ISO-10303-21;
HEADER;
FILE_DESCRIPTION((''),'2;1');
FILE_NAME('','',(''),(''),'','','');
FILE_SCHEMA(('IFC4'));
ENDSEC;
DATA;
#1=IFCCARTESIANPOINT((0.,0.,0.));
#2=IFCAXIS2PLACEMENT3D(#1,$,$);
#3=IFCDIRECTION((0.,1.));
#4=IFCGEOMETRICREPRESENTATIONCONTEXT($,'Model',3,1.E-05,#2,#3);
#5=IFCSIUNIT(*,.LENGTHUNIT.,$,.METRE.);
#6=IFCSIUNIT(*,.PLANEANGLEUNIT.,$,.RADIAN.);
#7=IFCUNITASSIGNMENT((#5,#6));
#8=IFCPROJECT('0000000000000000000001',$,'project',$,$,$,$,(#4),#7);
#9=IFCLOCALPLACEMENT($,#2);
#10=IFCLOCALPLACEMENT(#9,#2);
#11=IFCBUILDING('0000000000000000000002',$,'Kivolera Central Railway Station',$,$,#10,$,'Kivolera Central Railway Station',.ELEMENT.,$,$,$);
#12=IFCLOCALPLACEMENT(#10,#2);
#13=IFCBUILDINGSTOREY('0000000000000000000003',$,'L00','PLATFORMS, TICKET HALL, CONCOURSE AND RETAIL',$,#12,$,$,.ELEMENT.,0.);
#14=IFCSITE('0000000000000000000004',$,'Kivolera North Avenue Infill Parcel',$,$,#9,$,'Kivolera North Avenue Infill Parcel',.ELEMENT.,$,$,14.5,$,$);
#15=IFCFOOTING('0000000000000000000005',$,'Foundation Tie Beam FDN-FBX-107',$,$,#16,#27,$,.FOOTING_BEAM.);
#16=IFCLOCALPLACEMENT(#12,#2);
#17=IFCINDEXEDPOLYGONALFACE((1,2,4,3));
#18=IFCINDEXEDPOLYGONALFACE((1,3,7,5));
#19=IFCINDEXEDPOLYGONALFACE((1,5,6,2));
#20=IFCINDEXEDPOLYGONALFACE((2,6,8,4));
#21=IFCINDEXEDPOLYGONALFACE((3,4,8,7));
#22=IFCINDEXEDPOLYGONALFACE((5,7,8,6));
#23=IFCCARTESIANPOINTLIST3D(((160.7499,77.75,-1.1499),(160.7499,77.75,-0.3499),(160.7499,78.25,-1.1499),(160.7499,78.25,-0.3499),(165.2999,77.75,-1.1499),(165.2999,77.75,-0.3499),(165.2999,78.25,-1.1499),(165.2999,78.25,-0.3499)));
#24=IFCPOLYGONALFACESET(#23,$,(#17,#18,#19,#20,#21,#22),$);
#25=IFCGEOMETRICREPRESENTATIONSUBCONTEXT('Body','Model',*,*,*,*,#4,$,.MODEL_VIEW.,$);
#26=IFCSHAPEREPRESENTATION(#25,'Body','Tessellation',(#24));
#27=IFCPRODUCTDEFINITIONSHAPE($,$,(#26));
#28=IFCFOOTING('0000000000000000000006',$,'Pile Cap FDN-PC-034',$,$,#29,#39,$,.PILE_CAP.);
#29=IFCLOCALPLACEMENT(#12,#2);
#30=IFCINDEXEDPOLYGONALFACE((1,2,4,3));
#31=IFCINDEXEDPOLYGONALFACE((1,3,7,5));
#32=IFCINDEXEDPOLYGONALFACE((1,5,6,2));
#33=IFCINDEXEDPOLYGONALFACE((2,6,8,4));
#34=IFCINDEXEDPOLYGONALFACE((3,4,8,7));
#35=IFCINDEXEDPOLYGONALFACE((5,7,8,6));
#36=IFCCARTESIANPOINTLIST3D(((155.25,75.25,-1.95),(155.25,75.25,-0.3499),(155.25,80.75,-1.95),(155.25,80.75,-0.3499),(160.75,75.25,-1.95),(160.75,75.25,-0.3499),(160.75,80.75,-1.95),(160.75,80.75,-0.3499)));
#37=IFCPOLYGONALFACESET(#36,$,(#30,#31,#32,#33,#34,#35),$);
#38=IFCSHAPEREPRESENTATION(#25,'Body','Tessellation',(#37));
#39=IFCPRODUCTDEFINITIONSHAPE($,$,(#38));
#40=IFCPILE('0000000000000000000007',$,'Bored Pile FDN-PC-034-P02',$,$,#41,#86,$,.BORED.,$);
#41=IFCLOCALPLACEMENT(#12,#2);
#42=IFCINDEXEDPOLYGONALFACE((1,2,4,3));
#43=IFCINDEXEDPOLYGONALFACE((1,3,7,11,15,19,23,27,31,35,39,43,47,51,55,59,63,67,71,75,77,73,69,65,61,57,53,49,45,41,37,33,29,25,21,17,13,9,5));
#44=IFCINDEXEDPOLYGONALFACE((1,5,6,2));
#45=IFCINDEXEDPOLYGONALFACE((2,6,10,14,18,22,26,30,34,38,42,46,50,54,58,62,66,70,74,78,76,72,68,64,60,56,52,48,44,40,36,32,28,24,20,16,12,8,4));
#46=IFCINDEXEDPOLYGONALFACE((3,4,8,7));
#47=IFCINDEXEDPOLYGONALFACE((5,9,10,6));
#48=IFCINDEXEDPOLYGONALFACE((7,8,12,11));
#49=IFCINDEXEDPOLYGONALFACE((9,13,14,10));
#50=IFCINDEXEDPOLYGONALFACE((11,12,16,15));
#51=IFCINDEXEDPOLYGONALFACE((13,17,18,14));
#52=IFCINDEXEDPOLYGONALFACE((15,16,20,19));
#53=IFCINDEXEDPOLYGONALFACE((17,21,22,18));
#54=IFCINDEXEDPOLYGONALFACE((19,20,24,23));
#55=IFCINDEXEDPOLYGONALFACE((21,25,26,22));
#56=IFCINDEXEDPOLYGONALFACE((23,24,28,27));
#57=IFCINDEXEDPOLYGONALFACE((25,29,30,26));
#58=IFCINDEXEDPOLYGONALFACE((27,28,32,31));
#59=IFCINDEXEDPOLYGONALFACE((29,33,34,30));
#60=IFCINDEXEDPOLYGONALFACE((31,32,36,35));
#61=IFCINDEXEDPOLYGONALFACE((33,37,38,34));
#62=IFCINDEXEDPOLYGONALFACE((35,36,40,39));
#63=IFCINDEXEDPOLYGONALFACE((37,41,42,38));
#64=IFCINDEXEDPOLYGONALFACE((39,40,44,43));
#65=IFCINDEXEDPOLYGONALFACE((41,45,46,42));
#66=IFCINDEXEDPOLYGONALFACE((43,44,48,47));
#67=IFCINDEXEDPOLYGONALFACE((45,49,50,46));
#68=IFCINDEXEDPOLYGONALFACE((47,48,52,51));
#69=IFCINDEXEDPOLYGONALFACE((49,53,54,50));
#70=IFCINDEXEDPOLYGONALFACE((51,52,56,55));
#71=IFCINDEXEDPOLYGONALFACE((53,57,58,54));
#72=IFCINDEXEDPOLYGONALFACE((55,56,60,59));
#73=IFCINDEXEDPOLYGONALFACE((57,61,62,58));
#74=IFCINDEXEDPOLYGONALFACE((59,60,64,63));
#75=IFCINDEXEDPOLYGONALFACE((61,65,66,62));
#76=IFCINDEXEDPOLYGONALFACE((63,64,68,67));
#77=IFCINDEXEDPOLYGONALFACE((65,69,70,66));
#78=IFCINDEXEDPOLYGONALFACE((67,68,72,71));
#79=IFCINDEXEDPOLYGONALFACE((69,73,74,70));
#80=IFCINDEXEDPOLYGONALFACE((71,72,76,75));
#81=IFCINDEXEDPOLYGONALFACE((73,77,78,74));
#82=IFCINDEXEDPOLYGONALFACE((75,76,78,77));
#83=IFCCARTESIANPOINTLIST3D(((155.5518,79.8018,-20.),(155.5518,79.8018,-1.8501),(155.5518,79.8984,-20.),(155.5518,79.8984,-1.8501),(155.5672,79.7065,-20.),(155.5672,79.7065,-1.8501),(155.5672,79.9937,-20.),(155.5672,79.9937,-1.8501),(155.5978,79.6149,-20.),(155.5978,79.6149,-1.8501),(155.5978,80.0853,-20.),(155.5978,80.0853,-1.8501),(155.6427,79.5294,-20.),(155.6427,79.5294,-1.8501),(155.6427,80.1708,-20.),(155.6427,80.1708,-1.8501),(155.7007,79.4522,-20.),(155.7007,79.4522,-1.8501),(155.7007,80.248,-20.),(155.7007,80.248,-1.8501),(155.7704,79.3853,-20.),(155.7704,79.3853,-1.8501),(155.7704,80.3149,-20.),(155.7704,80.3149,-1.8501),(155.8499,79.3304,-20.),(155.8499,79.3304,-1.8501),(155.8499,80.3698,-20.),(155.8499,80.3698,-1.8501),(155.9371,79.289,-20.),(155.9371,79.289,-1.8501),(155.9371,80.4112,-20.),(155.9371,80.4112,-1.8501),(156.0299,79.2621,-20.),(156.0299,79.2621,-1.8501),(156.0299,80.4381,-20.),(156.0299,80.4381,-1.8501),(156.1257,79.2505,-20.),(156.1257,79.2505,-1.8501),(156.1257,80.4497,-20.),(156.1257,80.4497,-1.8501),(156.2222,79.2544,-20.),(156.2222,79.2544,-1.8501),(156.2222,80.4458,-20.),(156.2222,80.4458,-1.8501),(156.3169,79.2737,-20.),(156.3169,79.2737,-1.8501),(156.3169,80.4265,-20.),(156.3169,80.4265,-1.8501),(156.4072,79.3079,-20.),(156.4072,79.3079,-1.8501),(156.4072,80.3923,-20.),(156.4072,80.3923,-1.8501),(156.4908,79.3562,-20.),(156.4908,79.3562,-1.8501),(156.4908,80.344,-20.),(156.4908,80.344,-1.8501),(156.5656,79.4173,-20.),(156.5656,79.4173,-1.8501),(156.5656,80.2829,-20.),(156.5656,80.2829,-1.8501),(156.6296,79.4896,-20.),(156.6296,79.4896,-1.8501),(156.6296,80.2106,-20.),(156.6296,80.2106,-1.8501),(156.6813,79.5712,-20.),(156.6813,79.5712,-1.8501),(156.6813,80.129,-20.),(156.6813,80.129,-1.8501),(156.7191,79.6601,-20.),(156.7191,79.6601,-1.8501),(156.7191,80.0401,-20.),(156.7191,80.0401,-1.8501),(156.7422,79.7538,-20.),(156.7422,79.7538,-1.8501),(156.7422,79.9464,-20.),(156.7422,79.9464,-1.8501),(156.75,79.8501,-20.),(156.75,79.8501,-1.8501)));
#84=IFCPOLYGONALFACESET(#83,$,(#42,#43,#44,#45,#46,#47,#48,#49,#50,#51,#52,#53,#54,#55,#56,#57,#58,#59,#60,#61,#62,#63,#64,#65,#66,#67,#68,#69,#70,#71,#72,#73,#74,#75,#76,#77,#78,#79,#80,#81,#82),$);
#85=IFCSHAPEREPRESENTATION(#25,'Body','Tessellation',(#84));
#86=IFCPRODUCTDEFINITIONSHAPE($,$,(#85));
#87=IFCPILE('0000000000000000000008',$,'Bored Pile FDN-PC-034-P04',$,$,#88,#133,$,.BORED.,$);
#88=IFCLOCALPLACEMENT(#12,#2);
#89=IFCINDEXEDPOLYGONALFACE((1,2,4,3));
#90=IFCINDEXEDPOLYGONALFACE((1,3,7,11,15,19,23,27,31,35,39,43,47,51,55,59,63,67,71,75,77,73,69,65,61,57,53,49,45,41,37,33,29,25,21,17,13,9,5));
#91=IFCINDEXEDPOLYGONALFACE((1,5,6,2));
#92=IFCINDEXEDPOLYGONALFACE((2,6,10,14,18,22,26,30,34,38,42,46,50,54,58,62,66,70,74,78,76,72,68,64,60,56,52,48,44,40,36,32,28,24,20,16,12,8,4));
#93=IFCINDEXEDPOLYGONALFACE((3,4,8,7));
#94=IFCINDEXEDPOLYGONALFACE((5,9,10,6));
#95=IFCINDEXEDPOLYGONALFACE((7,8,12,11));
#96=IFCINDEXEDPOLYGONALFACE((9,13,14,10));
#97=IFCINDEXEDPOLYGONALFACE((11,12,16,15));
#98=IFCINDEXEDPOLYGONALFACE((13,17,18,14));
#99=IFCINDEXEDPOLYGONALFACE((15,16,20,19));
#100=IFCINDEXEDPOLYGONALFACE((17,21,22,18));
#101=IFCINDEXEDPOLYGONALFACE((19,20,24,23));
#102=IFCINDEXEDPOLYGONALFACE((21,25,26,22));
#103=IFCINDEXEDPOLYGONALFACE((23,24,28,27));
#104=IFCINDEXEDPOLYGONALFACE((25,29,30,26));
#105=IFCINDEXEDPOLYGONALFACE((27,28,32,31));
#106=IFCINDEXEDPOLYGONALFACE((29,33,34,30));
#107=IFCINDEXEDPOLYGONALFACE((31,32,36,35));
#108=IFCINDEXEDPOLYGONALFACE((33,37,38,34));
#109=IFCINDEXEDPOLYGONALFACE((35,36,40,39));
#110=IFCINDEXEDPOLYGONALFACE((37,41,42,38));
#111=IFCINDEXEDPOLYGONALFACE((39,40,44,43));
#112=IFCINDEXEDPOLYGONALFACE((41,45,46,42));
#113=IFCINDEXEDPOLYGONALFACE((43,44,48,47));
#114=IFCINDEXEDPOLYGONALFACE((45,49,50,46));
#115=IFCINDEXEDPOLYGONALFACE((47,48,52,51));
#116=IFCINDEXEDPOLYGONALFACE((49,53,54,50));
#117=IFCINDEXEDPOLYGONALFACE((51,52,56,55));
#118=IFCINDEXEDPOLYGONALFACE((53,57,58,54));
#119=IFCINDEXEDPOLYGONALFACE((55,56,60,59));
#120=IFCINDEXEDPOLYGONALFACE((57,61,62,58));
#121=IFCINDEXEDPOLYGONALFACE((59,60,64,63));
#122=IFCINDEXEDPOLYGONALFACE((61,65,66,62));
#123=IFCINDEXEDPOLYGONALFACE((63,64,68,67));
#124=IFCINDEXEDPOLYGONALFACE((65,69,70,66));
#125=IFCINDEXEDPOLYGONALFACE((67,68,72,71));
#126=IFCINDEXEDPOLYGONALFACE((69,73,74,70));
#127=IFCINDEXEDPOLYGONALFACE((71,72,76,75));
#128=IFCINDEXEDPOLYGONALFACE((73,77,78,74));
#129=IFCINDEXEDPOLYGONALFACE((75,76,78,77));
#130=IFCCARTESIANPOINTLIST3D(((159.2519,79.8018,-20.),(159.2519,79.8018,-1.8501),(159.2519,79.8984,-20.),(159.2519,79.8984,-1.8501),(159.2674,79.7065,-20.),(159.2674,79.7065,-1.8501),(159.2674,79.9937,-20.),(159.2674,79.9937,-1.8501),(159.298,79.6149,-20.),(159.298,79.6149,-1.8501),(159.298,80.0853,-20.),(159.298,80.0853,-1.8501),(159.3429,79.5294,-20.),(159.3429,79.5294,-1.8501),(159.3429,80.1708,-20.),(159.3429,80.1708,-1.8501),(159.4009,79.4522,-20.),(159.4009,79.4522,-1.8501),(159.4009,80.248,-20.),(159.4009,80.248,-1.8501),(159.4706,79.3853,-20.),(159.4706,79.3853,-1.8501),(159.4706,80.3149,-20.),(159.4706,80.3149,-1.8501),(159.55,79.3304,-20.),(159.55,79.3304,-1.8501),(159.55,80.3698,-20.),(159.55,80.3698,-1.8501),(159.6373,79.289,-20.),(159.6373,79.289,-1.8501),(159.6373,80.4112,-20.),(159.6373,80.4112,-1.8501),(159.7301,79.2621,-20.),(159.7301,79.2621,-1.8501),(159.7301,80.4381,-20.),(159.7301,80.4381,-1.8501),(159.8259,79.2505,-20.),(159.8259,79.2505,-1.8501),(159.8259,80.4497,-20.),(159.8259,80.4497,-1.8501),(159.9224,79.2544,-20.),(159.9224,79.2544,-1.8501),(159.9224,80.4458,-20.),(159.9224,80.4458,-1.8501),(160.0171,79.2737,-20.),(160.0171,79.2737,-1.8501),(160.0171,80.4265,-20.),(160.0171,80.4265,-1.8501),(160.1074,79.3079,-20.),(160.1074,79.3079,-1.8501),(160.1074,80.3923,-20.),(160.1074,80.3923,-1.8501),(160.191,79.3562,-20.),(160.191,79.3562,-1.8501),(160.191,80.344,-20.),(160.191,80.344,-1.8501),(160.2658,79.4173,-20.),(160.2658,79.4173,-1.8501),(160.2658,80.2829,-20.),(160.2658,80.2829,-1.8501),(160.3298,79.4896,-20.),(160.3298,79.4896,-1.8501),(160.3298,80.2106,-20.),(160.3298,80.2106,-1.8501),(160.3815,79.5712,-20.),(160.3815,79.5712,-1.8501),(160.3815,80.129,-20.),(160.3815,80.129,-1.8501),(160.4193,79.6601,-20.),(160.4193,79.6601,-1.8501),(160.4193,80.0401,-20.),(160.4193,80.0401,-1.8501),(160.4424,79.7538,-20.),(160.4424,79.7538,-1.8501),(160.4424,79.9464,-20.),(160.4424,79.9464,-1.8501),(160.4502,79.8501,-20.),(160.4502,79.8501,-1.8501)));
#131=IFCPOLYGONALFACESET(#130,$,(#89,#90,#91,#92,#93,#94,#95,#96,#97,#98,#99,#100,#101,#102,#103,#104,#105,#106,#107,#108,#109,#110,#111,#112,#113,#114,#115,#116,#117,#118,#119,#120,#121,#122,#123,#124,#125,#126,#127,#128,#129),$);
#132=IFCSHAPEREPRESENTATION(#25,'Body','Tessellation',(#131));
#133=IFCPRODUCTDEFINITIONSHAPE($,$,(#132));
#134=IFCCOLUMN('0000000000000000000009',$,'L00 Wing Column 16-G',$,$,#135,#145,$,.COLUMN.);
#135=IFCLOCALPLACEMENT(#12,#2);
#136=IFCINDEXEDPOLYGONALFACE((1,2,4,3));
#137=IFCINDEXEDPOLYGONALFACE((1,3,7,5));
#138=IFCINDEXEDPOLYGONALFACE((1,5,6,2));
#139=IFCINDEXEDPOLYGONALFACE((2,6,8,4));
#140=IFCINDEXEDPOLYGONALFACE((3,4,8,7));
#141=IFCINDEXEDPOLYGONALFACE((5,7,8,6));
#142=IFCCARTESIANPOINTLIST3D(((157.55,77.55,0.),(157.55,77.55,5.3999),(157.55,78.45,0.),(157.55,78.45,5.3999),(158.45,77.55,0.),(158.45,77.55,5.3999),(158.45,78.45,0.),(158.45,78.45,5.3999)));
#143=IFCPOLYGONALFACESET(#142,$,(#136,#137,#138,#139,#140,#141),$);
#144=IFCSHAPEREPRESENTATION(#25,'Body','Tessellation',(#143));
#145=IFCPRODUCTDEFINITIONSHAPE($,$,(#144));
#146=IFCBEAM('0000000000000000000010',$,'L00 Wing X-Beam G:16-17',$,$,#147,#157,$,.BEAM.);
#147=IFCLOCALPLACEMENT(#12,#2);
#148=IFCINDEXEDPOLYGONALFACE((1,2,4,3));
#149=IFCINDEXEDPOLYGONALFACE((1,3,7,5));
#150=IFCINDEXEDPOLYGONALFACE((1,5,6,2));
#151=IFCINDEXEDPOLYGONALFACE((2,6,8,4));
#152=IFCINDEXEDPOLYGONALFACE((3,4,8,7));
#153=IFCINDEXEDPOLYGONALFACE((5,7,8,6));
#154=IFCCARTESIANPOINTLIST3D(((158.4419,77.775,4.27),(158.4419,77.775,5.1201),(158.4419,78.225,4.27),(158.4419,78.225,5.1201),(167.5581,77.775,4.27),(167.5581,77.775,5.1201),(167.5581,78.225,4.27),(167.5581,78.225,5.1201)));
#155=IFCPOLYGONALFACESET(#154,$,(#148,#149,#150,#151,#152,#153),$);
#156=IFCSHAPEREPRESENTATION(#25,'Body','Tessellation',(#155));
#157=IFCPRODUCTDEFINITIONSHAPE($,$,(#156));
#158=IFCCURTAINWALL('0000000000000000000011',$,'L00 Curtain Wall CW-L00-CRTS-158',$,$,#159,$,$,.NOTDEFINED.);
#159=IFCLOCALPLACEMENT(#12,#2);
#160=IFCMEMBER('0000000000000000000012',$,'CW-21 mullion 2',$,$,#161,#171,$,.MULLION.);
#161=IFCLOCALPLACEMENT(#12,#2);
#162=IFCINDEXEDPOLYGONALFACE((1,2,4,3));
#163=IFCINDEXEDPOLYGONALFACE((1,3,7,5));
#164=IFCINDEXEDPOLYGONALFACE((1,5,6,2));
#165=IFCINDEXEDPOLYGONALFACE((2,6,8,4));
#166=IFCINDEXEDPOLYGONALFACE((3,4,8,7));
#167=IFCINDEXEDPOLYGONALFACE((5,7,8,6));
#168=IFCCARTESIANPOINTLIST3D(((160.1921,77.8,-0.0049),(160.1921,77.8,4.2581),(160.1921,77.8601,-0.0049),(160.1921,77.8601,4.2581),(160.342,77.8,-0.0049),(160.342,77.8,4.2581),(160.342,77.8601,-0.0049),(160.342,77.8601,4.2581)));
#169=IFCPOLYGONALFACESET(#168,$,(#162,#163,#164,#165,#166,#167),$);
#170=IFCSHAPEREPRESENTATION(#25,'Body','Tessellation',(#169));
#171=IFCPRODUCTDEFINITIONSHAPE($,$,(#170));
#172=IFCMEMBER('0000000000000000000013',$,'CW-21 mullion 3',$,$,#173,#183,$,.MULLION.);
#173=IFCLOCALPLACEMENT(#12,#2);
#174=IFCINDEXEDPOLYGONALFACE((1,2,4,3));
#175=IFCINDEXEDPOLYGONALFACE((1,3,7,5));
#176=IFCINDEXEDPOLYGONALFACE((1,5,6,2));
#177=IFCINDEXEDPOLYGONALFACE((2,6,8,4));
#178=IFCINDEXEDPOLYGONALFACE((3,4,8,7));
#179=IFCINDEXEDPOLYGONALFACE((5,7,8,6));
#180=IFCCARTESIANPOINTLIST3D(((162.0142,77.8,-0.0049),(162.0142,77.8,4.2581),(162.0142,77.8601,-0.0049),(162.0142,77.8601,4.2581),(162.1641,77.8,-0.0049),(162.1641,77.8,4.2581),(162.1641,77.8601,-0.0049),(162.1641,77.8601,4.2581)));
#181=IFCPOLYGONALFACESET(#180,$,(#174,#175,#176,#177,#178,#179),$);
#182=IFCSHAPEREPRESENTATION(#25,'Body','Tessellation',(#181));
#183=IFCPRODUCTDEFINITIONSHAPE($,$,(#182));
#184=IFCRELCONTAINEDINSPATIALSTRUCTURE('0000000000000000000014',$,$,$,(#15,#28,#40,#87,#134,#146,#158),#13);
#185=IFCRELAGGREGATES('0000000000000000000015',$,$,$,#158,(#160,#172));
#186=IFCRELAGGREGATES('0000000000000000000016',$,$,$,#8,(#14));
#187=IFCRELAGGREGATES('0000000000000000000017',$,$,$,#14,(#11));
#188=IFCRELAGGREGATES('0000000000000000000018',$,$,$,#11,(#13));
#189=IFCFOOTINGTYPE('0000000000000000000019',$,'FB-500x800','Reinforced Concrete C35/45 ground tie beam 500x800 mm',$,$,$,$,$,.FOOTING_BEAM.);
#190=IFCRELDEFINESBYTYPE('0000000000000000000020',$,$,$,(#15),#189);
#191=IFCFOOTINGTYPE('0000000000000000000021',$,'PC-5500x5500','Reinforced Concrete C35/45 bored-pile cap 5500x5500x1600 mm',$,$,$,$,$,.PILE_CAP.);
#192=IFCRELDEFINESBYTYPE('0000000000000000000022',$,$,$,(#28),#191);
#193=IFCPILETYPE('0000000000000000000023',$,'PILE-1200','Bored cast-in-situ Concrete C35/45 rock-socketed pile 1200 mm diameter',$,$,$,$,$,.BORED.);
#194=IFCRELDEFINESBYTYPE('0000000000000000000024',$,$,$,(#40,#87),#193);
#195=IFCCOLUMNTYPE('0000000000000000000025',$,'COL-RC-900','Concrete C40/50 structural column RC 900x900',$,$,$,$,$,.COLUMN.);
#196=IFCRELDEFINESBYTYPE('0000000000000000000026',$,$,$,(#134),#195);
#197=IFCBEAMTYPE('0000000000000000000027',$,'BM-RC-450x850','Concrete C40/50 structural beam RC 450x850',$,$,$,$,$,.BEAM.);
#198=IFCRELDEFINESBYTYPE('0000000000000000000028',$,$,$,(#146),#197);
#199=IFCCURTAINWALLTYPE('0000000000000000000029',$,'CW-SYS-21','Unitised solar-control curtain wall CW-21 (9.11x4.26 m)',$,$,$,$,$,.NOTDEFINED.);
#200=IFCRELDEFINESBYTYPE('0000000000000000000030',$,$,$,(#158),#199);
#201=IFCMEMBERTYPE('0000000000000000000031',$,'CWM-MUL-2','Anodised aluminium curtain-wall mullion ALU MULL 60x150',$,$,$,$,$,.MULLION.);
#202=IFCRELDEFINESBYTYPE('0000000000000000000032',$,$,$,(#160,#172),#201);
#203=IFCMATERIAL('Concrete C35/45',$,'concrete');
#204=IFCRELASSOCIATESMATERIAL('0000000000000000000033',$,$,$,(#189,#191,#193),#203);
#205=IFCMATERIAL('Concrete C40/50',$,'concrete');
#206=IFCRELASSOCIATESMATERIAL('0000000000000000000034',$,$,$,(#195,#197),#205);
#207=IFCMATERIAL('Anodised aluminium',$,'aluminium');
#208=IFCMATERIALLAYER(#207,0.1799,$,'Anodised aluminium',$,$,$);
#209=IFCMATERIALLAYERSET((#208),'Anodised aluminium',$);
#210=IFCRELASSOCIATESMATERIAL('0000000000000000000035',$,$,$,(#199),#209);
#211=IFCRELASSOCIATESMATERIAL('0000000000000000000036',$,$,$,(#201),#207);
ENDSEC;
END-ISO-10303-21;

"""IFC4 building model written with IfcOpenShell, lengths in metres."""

from ifc_helpers import new_model, si_unit, direction, frame, origin, origin_2d, place, context, subcontext, project, spatial, rectangle, circle, extrude, material, layer, layer_set, material_profile, profile_set, type_object, element, aggregate, save


model = new_model("IFC4")

# Units and contexts
model_context = context("Model", 3, precision=1e-05, world=origin(), true_north=direction((0.0, 1.0)))
body_context = subcontext(model_context, "Body", "Model", "MODEL_VIEW")
ifc_project = project(units=[si_unit("LENGTHUNIT", "METRE"), si_unit("PLANEANGLEUNIT", "RADIAN")], contexts=[model_context])

# Site, building, storey
site_placement = place(None, origin())
site = spatial("IfcSite", under=ifc_project, at=site_placement, Name="Kivolera North Avenue Infill Parcel", LongName="Kivolera North Avenue Infill Parcel", CompositionType="ELEMENT", RefElevation=14.5)
building_placement = place(site_placement, origin())
building = spatial("IfcBuilding", under=site, at=building_placement, Name="Kivolera Central Railway Station", LongName="Kivolera Central Railway Station", CompositionType="ELEMENT")
storey_placement = place(building_placement, origin())
storey = spatial("IfcBuildingStorey", under=building, at=storey_placement, Name="L00", Description="PLATFORMS, TICKET HALL, CONCOURSE AND RETAIL", CompositionType="ELEMENT", Elevation=0.0)

# Footings
ifc_material_1 = material(Name="Concrete C35/45", Category="concrete")
footing_type_1 = type_object("IfcFootingType", Name="FB-500x800", Description="Reinforced Concrete C35/45 ground tie beam 500x800 mm", PredefinedType="FOOTING_BEAM", material=ifc_material_1)
footing_1_placement = place(storey_placement, frame((163.0249, 78.0, -1.1499), z_axis=(0.0, 0.0, 1.0), x_axis=(1.0, 0.0, 0.0)))
element("IfcFooting", 1, at=footing_1_placement, inside=storey, type_object=footing_type_1, Name="Foundation Tie Beam FDN-FBX-107", PredefinedType="FOOTING_BEAM", context=body_context, shape_type="SweptSolid", body=[
    extrude(rectangle(XDim=4.55, YDim=0.5, at=origin_2d()), origin(), (0.0, 0.0, 1.0), 0.8),
])
footing_type_2 = type_object("IfcFootingType", Name="PC-5500x5500", Description="Reinforced Concrete C35/45 bored-pile cap 5500x5500x1600 mm", PredefinedType="PILE_CAP", material=ifc_material_1)
footing_2_placement = place(storey_placement, frame((158.0, 78.0, -1.95), z_axis=(0.0, 0.0, 1.0), x_axis=(1.0, 0.0, 0.0)))
element("IfcFooting", 2, at=footing_2_placement, inside=storey, type_object=footing_type_2, Name="Pile Cap FDN-PC-034", PredefinedType="PILE_CAP", context=body_context, shape_type="SweptSolid", body=[
    extrude(rectangle(XDim=5.5, YDim=5.5, at=origin_2d()), origin(), (0.0, 0.0, 1.0), 1.6001),
])

# Piles
ifc_material_profile_1 = material_profile(ifc_material_1, circle(Radius=0.6001, at=origin_2d()), Name="PILE D1200")
ifc_profile_set_1 = profile_set([ifc_material_profile_1], Name="Concrete C35/45")
pile_type = type_object("IfcPileType", Name="PILE-1200", Description="Bored cast-in-situ Concrete C35/45 rock-socketed pile 1200 mm diameter", PredefinedType="BORED", material=ifc_profile_set_1)
for number, where, z_axis, x_axis, name in (
    (3, (156.1499, 79.8501, -1.8501), (0.0, 0.0, -1.0), (1.0, 0.0, 0.0), "Bored Pile FDN-PC-034-P02"),
    (4, (159.8501, 79.8501, -1.8501), (0.0, 0.0, -1.0), (1.0, 0.0, 0.0), "Bored Pile FDN-PC-034-P04"),
):
    element("IfcPile", number, at=place(storey_placement, frame(where, z_axis=z_axis, x_axis=x_axis)), inside=storey, type_object=pile_type, Name=name, PredefinedType="BORED", context=body_context, shape_type="SweptSolid", body=[
        extrude(circle(Radius=0.6001, at=origin_2d()), origin(), (0.0, 0.0, 1.0), 18.1499),
    ])

# Column
ifc_material_2 = material(Name="Concrete C40/50", Category="concrete")
ifc_material_profile_2 = material_profile(ifc_material_2, rectangle(XDim=0.8999, YDim=0.8999, at=origin_2d()), Name="RC 900x900")
ifc_profile_set_2 = profile_set([ifc_material_profile_2], Name="Concrete C40/50")
column_type = type_object("IfcColumnType", Name="COL-RC-900", Description="Concrete C40/50 structural column RC 900x900", PredefinedType="COLUMN", material=ifc_profile_set_2)
column_placement = place(storey_placement, frame((158.0, 78.0, 0.0), z_axis=(0.0, 0.0, 1.0), x_axis=(1.0, 0.0, 0.0)))
element("IfcColumn", 5, at=column_placement, inside=storey, type_object=column_type, Name="L00 Wing Column 16-G", PredefinedType="COLUMN", context=body_context, shape_type="SweptSolid", body=[
    extrude(rectangle(XDim=0.8999, YDim=0.8999, at=origin_2d()), origin(), (0.0, 0.0, 1.0), 5.3999),
])

# Beam
ifc_material_profile_3 = material_profile(ifc_material_2, rectangle(XDim=0.45, YDim=0.8501, at=origin_2d()), Name="RC 450x850")
ifc_profile_set_3 = profile_set([ifc_material_profile_3], Name="Concrete C40/50")
beam_type = type_object("IfcBeamType", Name="BM-RC-450x850", Description="Concrete C40/50 structural beam RC 450x850", PredefinedType="BEAM", material=ifc_profile_set_3)
beam_placement = place(storey_placement, frame((158.4419, 78.0, 4.6951), z_axis=(1.0, 0.0, 0.0), x_axis=(0.0, 1.0, 0.0)))
element("IfcBeam", 6, at=beam_placement, inside=storey, type_object=beam_type, Name="L00 Wing X-Beam G:16-17", PredefinedType="BEAM", context=body_context, shape_type="SweptSolid", body=[
    extrude(rectangle(XDim=0.45, YDim=0.8501, at=origin_2d()), origin(), (0.0, 0.0, 1.0), 9.1162),
])

# Curtain wall, members
ifc_material_3 = material(Name="Anodised aluminium", Category="aluminium")
ifc_layer_1 = layer(ifc_material_3, 0.1799, Name="Anodised aluminium")
ifc_layer_set_1 = layer_set([ifc_layer_1], Name="Anodised aluminium")
curtain_wall_type = type_object("IfcCurtainWallType", Name="CW-SYS-21", Description="Unitised solar-control curtain wall CW-21 (9.11x4.26 m)", PredefinedType="NOTDEFINED", material=ifc_layer_set_1)
curtain_wall_placement = place(storey_placement, origin())
curtain_wall = element("IfcCurtainWall", 7, at=curtain_wall_placement, inside=storey, type_object=curtain_wall_type, Name="L00 Curtain Wall CW-L00-CRTS-158", PredefinedType="NOTDEFINED")
ifc_material_profile_4 = material_profile(ifc_material_3, rectangle(XDim=0.0601, YDim=0.1499, at=origin_2d()), Name="ALU MULL 60x150")
ifc_profile_set_4 = profile_set([ifc_material_profile_4], Name="Anodised aluminium")
member_type_1 = type_object("IfcMemberType", Name="CWM-MUL-2", Description="Anodised aluminium curtain-wall mullion ALU MULL 60x150", PredefinedType="MULLION", material=ifc_profile_set_4)
member_1_placement = place(storey_placement, frame((160.2671, 77.8301, -0.0049), z_axis=(0.0, 0.0, 1.0), x_axis=(0.0, 1.0, 0.0)))
member_1 = element("IfcMember", 8, at=member_1_placement, type_object=member_type_1, Name="CW-21 mullion 2", PredefinedType="MULLION", context=body_context, shape_type="SweptSolid", body=[
    extrude(rectangle(XDim=0.0601, YDim=0.1499, at=origin_2d()), origin(), (0.0, 0.0, 1.0), 4.2629),
])
member_2_placement = place(storey_placement, frame((162.0891, 77.8301, -0.0049), z_axis=(0.0, 0.0, 1.0), x_axis=(0.0, 1.0, 0.0)))
member_2 = element("IfcMember", 9, at=member_2_placement, type_object=member_type_1, Name="CW-21 mullion 3", PredefinedType="MULLION", context=body_context, shape_type="SweptSolid", body=[
    extrude(rectangle(XDim=0.0601, YDim=0.1499, at=origin_2d()), origin(), (0.0, 0.0, 1.0), 4.2629),
])
aggregate(curtain_wall, [member_1, member_2])

save(model, "model.ifc")
